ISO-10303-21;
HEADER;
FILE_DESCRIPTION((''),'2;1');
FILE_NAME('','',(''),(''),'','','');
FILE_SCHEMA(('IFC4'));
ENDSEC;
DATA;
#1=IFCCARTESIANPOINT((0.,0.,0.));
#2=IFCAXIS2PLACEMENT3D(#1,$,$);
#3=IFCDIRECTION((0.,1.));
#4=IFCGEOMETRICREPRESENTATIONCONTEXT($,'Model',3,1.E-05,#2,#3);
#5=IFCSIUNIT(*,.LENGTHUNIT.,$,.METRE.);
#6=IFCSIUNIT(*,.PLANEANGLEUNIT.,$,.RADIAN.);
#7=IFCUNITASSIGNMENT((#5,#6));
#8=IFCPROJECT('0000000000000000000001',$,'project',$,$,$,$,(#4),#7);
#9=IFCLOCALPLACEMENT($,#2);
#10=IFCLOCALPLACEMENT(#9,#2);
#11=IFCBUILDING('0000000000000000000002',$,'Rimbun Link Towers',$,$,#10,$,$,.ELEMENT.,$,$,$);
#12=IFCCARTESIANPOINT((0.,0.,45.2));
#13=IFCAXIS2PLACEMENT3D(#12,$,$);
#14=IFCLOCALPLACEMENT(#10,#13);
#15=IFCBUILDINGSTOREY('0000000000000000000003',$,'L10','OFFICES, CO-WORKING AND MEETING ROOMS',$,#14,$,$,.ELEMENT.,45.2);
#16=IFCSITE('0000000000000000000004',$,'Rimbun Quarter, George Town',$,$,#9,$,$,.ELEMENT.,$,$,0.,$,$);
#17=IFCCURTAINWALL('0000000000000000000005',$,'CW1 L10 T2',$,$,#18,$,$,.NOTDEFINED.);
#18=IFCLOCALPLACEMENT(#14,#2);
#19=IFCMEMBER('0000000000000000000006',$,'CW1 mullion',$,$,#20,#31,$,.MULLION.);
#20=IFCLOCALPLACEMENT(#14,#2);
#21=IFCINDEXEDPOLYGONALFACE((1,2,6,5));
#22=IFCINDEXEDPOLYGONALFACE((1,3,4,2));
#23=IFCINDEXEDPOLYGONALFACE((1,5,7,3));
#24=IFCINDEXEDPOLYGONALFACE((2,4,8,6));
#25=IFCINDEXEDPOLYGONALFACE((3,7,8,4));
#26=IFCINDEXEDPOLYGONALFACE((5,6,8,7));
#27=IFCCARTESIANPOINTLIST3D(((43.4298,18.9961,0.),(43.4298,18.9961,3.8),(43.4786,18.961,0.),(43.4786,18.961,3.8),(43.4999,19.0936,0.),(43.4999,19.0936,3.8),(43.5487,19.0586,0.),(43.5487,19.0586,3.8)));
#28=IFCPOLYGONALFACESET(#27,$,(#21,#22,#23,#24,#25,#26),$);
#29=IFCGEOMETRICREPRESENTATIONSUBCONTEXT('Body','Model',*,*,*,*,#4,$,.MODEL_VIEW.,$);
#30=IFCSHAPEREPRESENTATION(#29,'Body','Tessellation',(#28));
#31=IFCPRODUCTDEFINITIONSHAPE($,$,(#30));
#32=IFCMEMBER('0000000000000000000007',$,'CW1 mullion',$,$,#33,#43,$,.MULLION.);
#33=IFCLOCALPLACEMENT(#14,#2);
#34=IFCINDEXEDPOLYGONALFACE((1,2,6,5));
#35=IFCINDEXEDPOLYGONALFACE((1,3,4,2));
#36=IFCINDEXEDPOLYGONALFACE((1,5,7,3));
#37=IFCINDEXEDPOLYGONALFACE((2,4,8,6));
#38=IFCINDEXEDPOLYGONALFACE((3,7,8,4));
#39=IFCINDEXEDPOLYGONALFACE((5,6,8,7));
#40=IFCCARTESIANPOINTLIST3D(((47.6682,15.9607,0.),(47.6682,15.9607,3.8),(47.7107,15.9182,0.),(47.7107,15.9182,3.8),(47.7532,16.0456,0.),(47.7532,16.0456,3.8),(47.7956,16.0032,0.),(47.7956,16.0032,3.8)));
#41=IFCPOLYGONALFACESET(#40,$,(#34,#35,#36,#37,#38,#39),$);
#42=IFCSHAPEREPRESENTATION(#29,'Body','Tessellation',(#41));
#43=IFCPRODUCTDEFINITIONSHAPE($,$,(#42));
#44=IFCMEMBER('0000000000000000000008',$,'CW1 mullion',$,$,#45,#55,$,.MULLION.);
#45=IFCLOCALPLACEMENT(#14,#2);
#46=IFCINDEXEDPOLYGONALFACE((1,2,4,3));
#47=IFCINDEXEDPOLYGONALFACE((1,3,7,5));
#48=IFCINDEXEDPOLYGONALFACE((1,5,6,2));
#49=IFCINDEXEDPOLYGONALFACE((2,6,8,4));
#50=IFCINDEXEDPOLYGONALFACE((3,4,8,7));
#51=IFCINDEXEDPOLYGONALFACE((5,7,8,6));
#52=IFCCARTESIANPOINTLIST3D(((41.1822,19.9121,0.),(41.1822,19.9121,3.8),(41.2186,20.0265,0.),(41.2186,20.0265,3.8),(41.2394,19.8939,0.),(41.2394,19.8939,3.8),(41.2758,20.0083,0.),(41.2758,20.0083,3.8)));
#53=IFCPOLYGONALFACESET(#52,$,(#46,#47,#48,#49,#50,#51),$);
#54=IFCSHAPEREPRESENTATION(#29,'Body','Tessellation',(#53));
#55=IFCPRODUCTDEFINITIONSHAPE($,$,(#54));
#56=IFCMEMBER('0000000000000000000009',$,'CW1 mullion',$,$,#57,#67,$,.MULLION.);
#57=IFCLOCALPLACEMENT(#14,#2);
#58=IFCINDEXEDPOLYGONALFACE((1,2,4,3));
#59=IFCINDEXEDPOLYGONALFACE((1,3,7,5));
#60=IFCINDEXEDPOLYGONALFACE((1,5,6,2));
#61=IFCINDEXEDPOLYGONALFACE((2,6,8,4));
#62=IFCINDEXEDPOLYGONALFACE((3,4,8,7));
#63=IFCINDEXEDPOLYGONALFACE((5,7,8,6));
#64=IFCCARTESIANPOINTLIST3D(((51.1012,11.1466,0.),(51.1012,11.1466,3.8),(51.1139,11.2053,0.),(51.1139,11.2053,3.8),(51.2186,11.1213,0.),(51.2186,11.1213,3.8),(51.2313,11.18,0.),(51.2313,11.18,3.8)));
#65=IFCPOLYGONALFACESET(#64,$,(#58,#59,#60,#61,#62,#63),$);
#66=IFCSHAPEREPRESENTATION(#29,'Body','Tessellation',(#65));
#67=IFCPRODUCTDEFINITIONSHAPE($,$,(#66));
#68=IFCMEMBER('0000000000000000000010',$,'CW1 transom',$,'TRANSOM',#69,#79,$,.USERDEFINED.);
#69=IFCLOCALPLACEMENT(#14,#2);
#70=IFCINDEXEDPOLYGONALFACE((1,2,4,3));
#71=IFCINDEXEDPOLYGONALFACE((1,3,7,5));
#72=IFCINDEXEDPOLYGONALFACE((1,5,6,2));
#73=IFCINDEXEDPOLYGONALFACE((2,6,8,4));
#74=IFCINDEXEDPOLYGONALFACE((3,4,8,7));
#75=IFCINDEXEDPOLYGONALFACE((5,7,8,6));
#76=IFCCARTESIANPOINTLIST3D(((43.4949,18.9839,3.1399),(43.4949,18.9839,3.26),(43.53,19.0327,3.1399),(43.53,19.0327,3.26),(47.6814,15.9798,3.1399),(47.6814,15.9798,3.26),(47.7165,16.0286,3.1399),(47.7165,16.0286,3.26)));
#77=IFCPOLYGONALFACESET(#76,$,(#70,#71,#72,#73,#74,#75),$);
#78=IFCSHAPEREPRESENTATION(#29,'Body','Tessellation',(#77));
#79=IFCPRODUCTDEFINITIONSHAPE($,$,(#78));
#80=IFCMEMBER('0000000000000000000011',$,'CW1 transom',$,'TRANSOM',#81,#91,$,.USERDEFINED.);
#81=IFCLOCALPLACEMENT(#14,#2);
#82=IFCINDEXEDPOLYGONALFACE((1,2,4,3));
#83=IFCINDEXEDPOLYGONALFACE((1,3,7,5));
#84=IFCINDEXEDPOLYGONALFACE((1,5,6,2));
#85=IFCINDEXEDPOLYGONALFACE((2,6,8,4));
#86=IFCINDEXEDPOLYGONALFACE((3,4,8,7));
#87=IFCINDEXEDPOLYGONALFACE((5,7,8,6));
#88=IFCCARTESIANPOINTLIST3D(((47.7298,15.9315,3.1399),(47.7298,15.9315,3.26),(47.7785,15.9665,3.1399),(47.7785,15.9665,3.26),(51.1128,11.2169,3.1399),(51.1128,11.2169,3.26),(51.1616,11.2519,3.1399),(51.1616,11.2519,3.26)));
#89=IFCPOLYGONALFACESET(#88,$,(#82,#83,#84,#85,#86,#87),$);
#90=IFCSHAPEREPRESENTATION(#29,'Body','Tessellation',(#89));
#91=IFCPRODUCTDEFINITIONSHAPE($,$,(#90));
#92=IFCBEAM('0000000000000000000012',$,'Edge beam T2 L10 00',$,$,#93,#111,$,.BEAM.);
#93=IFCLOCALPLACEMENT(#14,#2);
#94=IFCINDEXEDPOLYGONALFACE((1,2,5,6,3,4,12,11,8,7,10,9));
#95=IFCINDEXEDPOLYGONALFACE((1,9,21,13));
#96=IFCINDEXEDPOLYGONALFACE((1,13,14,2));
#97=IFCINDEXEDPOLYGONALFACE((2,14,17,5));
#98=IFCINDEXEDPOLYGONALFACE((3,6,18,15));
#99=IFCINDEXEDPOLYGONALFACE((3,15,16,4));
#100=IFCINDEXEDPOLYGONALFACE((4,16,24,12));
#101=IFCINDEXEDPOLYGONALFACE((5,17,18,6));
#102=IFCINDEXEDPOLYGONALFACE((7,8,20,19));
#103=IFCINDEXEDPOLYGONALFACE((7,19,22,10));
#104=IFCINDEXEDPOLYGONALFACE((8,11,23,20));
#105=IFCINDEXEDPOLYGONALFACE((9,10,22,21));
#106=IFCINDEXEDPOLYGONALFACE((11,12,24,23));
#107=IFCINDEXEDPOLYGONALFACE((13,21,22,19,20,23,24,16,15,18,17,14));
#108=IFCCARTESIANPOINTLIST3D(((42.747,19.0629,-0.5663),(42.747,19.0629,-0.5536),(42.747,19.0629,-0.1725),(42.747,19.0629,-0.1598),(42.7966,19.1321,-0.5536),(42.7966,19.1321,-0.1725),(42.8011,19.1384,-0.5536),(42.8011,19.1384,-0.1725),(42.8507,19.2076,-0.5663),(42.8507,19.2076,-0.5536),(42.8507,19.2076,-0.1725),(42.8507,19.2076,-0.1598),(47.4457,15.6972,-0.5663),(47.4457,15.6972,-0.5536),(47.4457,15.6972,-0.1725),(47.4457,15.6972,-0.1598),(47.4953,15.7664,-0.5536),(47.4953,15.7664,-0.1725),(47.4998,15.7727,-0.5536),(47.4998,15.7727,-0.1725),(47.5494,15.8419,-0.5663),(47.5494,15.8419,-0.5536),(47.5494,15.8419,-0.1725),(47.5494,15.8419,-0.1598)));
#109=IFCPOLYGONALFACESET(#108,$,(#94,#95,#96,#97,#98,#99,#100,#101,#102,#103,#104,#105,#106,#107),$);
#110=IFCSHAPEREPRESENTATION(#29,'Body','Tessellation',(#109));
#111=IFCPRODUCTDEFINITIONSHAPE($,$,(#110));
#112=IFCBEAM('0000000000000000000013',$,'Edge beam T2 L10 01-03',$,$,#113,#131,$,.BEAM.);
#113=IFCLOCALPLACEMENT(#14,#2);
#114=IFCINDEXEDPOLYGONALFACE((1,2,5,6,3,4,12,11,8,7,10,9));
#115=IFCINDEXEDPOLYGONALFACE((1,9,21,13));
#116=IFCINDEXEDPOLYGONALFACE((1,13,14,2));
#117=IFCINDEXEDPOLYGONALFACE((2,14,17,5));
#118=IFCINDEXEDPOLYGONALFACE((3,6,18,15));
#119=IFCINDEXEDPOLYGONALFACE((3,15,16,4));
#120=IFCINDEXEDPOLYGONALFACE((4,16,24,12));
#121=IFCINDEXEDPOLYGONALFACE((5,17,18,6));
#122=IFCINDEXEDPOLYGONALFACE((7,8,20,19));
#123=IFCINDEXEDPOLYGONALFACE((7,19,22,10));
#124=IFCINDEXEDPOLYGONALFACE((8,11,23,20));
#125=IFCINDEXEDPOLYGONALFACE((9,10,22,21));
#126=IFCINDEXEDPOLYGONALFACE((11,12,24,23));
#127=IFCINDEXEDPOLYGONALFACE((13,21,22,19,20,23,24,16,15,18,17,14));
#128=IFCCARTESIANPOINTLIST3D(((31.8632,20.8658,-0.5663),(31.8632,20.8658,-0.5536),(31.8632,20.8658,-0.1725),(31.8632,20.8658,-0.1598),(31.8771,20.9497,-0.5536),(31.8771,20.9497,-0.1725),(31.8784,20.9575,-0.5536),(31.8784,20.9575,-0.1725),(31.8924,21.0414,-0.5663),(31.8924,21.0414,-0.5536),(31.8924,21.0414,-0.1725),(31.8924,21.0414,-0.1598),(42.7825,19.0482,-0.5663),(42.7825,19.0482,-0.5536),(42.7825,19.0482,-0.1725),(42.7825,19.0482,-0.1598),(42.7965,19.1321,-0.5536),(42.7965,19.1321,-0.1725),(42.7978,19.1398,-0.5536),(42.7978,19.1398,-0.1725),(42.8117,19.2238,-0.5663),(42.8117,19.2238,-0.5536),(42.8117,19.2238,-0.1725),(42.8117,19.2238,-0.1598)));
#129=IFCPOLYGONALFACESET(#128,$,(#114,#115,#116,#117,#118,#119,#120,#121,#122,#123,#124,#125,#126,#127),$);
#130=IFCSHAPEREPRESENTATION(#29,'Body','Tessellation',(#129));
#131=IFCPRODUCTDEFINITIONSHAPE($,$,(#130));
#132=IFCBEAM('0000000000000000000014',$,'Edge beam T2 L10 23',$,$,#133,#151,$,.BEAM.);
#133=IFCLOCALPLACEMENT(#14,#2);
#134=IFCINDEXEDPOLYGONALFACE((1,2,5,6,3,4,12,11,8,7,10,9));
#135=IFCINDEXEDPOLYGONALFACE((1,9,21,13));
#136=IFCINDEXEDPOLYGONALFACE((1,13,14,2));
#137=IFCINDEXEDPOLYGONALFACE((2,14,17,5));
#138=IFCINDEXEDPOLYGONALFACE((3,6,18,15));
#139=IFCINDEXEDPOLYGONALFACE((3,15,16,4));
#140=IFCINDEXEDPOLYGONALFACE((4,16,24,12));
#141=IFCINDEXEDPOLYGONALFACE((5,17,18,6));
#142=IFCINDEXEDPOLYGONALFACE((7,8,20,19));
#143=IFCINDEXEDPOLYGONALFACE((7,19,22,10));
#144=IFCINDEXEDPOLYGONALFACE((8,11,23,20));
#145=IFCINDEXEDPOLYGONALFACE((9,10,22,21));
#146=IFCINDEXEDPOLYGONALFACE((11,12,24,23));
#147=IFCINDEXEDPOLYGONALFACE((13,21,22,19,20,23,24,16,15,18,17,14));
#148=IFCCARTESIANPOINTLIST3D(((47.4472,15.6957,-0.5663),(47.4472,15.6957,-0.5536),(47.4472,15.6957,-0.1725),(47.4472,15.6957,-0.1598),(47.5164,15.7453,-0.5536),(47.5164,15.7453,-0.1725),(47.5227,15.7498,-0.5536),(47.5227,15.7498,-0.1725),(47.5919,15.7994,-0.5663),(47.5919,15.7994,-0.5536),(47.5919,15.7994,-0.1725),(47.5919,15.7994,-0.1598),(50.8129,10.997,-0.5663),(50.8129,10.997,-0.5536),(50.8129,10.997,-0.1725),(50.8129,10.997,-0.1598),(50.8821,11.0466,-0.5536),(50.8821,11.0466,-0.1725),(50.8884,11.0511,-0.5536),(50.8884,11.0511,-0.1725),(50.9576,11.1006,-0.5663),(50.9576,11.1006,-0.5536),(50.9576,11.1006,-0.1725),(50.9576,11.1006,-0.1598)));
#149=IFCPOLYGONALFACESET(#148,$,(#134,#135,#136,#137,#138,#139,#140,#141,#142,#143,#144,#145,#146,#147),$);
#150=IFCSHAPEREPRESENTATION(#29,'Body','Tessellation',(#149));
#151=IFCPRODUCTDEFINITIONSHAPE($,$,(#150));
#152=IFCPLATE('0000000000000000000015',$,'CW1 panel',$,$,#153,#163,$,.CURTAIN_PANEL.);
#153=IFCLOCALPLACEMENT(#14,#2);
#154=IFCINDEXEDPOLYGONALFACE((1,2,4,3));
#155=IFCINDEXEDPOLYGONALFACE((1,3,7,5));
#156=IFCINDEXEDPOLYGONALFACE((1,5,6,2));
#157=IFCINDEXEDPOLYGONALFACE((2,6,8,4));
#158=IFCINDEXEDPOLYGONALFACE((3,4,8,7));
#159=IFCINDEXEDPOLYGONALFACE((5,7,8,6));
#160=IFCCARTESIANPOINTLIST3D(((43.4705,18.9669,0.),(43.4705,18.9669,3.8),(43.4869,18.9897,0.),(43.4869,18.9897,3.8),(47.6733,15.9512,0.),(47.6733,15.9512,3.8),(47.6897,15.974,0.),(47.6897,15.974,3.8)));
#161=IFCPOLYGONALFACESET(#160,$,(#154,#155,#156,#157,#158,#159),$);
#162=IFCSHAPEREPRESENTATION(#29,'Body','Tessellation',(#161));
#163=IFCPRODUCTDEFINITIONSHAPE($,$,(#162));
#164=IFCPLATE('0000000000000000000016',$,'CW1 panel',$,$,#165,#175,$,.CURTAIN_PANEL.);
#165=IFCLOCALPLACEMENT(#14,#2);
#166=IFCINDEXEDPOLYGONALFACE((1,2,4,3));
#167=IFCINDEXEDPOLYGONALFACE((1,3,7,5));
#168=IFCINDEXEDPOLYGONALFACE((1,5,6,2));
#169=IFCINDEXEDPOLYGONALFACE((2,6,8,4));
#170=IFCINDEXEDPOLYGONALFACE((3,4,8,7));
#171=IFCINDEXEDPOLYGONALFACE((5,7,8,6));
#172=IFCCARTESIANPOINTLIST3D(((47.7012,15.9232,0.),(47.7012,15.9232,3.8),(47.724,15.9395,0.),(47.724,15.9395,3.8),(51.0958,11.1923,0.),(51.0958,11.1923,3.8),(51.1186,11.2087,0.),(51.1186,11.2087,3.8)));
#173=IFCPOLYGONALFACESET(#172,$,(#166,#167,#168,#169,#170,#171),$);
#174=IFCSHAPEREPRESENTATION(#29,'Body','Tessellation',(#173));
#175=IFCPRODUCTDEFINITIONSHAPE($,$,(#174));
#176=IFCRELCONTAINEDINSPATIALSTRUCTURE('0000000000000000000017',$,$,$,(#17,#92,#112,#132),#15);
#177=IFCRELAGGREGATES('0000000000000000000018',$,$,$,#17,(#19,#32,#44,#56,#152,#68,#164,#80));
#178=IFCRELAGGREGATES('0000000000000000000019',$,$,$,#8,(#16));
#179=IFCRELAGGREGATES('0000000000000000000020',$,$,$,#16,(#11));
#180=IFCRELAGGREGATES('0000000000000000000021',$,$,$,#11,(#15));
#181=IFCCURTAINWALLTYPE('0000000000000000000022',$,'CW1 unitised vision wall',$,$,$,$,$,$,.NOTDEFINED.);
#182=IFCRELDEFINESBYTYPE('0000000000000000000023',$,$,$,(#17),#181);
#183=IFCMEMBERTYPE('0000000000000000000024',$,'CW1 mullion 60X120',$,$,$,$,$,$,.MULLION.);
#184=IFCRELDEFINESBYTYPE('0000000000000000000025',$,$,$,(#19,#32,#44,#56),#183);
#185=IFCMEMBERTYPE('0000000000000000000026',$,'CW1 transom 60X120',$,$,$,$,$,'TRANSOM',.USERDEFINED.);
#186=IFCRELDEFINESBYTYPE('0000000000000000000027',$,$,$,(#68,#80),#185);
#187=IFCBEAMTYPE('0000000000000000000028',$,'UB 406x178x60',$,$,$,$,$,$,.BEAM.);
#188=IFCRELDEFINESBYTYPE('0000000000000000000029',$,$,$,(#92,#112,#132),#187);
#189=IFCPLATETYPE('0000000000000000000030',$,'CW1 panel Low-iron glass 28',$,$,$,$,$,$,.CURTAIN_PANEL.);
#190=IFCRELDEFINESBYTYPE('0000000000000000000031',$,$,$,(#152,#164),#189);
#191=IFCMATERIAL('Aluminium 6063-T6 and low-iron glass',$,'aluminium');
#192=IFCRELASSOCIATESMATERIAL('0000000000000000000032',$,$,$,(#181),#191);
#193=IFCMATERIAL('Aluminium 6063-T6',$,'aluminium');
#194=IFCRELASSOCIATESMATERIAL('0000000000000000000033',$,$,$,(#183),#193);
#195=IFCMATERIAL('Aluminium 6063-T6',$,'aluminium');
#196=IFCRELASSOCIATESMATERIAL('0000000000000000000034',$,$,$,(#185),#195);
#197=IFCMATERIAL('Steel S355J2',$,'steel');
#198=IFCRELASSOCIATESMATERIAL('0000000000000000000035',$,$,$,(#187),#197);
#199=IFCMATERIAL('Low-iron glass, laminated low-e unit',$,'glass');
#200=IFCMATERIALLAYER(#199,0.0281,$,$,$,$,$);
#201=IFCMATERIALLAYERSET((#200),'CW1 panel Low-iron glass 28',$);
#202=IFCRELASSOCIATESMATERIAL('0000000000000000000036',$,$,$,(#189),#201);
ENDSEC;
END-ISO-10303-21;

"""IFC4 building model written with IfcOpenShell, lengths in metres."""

from ifc_helpers import new_model, si_unit, direction, frame, origin, origin_2d, place, context, subcontext, project, spatial, rectangle, i_section, extrude, material, layer, layer_set, material_profile, profile_set, type_object, element, aggregate, save


model = new_model("IFC4")

# Units and contexts
model_context = context("Model", 3, precision=1e-05, world=origin(), true_north=direction((0.0, 1.0)))
body_context = subcontext(model_context, "Body", "Model", "MODEL_VIEW")
ifc_project = project(units=[si_unit("LENGTHUNIT", "METRE"), si_unit("PLANEANGLEUNIT", "RADIAN")], contexts=[model_context])

# Site, building, storey
site_placement = place(None, origin())
site = spatial("IfcSite", under=ifc_project, at=site_placement, Name="Rimbun Quarter, George Town", CompositionType="ELEMENT", RefElevation=0.0)
building_placement = place(site_placement, origin())
building = spatial("IfcBuilding", under=site, at=building_placement, Name="Rimbun Link Towers", CompositionType="ELEMENT")
storey_placement = place(building_placement, frame((0.0, 0.0, 45.2)))
storey = spatial("IfcBuildingStorey", under=building, at=storey_placement, Name="L10", Description="OFFICES, CO-WORKING AND MEETING ROOMS", CompositionType="ELEMENT", Elevation=45.2)

# Curtain wall, members
ifc_material_1 = material(Name="Aluminium 6063-T6 and low-iron glass", Category="aluminium")
curtain_wall_type = type_object("IfcCurtainWallType", Name="CW1 unitised vision wall", PredefinedType="NOTDEFINED", material=ifc_material_1)
curtain_wall_placement = place(storey_placement, origin())
curtain_wall = element("IfcCurtainWall", 1, at=curtain_wall_placement, inside=storey, type_object=curtain_wall_type, Name="CW1 L10 T2", PredefinedType="NOTDEFINED")
ifc_material_2 = material(Name="Aluminium 6063-T6", Category="aluminium")
ifc_material_profile_1 = material_profile(ifc_material_2, rectangle(XDim=0.1201, YDim=0.0601, at=origin_2d()), Name="MULLION 60X120")
ifc_profile_set_1 = profile_set([ifc_material_profile_1], Name="Aluminium 6063-T6")
member_type_1 = type_object("IfcMemberType", Name="CW1 mullion 60X120", PredefinedType="MULLION", material=ifc_profile_set_1)
member_1_placement = place(storey_placement, frame((43.4893, 19.0273, 0.0), z_axis=(0.0, 0.0, 1.0), x_axis=(0.582996, 0.812475, 0.0)))
member_1 = element("IfcMember", 2, at=member_1_placement, type_object=member_type_1, Name="CW1 mullion", PredefinedType="MULLION", context=body_context, shape_type="SweptSolid", body=[
    extrude(rectangle(XDim=0.1201, YDim=0.0601, at=origin_2d()), origin(), (0.0, 0.0, 1.0), 3.8),
])
member_2_placement = place(storey_placement, frame((47.7319, 15.9819, 0.0), z_axis=(0.0, 0.0, 1.0), x_axis=(0.707107, 0.707107, 0.0)))
member_2 = element("IfcMember", 3, at=member_2_placement, type_object=member_type_1, Name="CW1 mullion", PredefinedType="MULLION", context=body_context, shape_type="SweptSolid", body=[
    extrude(rectangle(XDim=0.1201, YDim=0.0601, at=origin_2d()), origin(), (0.0, 0.0, 1.0), 3.8),
])
member_3_placement = place(storey_placement, frame((41.229, 19.9602, 0.0), z_axis=(0.0, 0.0, 1.0), x_axis=(0.303071, 0.952968, 0.0)))
member_3 = element("IfcMember", 4, at=member_3_placement, type_object=member_type_1, Name="CW1 mullion", PredefinedType="MULLION", context=body_context, shape_type="SweptSolid", body=[
    extrude(rectangle(XDim=0.1201, YDim=0.0601, at=origin_2d()), origin(), (0.0, 0.0, 1.0), 3.8),
])
member_4_placement = place(storey_placement, frame((51.1663, 11.1633, 0.0), z_axis=(0.0, 0.0, 1.0), x_axis=(0.977529, -0.210802, 0.0)))
member_4 = element("IfcMember", 5, at=member_4_placement, type_object=member_type_1, Name="CW1 mullion", PredefinedType="MULLION", context=body_context, shape_type="SweptSolid", body=[
    extrude(rectangle(XDim=0.1201, YDim=0.0601, at=origin_2d()), origin(), (0.0, 0.0, 1.0), 3.8),
])
ifc_material_3 = material(Name="Aluminium 6063-T6", Category="aluminium")
ifc_material_profile_2 = material_profile(ifc_material_3, rectangle(XDim=0.0601, YDim=0.1201, at=origin_2d()), Name="TRANSOM 60X120")
ifc_profile_set_2 = profile_set([ifc_material_profile_2], Name="Aluminium 6063-T6")
member_type_2 = type_object("IfcMemberType", Name="CW1 transom 60X120", ElementType="TRANSOM", PredefinedType="USERDEFINED", material=ifc_profile_set_2)
member_5_placement = place(storey_placement, frame((43.5125, 19.0083, 3.2), z_axis=(0.812467, -0.583007, 0.0), x_axis=(0.583007, 0.812467, 0.0)))
member_5 = element("IfcMember", 6, at=member_5_placement, type_object=member_type_2, Name="CW1 transom", ObjectType="TRANSOM", PredefinedType="USERDEFINED", context=body_context, shape_type="SweptSolid", body=[
    extrude(rectangle(XDim=0.0601, YDim=0.1201, at=origin_2d()), origin(), (0.0, 0.0, 1.0), 5.1528),
])
member_6_placement = place(storey_placement, frame((47.7542, 15.949, 3.2), z_axis=(0.583004, -0.812469, 0.0), x_axis=(0.812469, 0.583004, 0.0)))
member_6 = element("IfcMember", 7, at=member_6_placement, type_object=member_type_2, Name="CW1 transom", ObjectType="TRANSOM", PredefinedType="USERDEFINED", context=body_context, shape_type="SweptSolid", body=[
    extrude(rectangle(XDim=0.0601, YDim=0.1201, at=origin_2d()), origin(), (0.0, 0.0, 1.0), 5.8027),
])

# Beams
ifc_material_4 = material(Name="Steel S355J2", Category="steel")
ifc_material_profile_3 = material_profile(ifc_material_4, i_section(OverallWidth=0.178, OverallDepth=0.4065, WebThickness=0.0078, FlangeThickness=0.0127, at=origin_2d()), Name="UB 406x178x60")
ifc_profile_set_3 = profile_set([ifc_material_profile_3], Name="Steel S355J2")
beam_type = type_object("IfcBeamType", Name="UB 406x178x60", PredefinedType="BEAM", material=ifc_profile_set_3)
beam_1_placement = place(storey_placement, frame((47.4976, 15.7695, -0.363), z_axis=(-0.812956, 0.582325, 0.0), x_axis=(-0.582325, -0.812956, 0.0)))
element("IfcBeam", 8, at=beam_1_placement, inside=storey, type_object=beam_type, Name="Edge beam T2 L10 00", PredefinedType="BEAM", context=body_context, shape_type="SweptSolid", body=[
    extrude(i_section(OverallWidth=0.178, OverallDepth=0.4065, WebThickness=0.0078, FlangeThickness=0.0127, at=origin_2d()), origin(), (0.0, 0.0, 1.0), 5.7798),
])
beam_2_placement = place(storey_placement, frame((42.7971, 19.136, -0.363), z_axis=(-0.986427, 0.164199, 0.0), x_axis=(-0.164199, -0.986427, 0.0)))
element("IfcBeam", 9, at=beam_2_placement, inside=storey, type_object=beam_type, Name="Edge beam T2 L10 01-03", PredefinedType="BEAM", context=body_context, shape_type="SweptSolid", body=[
    extrude(i_section(OverallWidth=0.178, OverallDepth=0.4065, WebThickness=0.0078, FlangeThickness=0.0127, at=origin_2d()), origin(), (0.0, 0.0, 1.0), 11.0696),
])
beam_3_placement = place(storey_placement, frame((50.8853, 11.0488, -0.363), z_axis=(-0.582325, 0.812956, 0.0), x_axis=(-0.812956, -0.582325, 0.0)))
element("IfcBeam", 10, at=beam_3_placement, inside=storey, type_object=beam_type, Name="Edge beam T2 L10 23", PredefinedType="BEAM", context=body_context, shape_type="SweptSolid", body=[
    extrude(i_section(OverallWidth=0.178, OverallDepth=0.4065, WebThickness=0.0078, FlangeThickness=0.0127, at=origin_2d()), origin(), (0.0, 0.0, 1.0), 5.7798),
])

# Plates
ifc_material_5 = material(Name="Low-iron glass, laminated low-e unit", Category="glass")
ifc_layer_1 = layer(ifc_material_5, 0.0281)
ifc_layer_set_1 = layer_set([ifc_layer_1], Name="CW1 panel Low-iron glass 28")
plate_type = type_object("IfcPlateType", Name="CW1 panel Low-iron glass 28", PredefinedType="CURTAIN_PANEL", material=ifc_layer_set_1)
plate_1_placement = place(storey_placement, frame((45.5801, 17.4705, 0.0), z_axis=(0.0, 0.0, 1.0), x_axis=(0.812475, -0.582996, 0.0)))
plate_1 = element("IfcPlate", 11, at=plate_1_placement, type_object=plate_type, Name="CW1 panel", PredefinedType="CURTAIN_PANEL", context=body_context, shape_type="SweptSolid", body=[
    extrude(rectangle(XDim=5.1729, YDim=0.0281, at=origin_2d()), origin(), (0.0, 0.0, 1.0), 3.8),
])
plate_2_placement = place(storey_placement, frame((49.4099, 13.5659, 0.0), z_axis=(0.0, 0.0, 1.0), x_axis=(0.582996, -0.812475, 0.0)))
plate_2 = element("IfcPlate", 12, at=plate_2_placement, type_object=plate_type, Name="CW1 panel", PredefinedType="CURTAIN_PANEL", context=body_context, shape_type="SweptSolid", body=[
    extrude(rectangle(XDim=5.8228, YDim=0.0281, at=origin_2d()), origin(), (0.0, 0.0, 1.0), 3.8),
])
aggregate(curtain_wall, [member_1, member_2, member_3, member_4, plate_1, member_5, plate_2, member_6])

save(model, "model.ifc")
